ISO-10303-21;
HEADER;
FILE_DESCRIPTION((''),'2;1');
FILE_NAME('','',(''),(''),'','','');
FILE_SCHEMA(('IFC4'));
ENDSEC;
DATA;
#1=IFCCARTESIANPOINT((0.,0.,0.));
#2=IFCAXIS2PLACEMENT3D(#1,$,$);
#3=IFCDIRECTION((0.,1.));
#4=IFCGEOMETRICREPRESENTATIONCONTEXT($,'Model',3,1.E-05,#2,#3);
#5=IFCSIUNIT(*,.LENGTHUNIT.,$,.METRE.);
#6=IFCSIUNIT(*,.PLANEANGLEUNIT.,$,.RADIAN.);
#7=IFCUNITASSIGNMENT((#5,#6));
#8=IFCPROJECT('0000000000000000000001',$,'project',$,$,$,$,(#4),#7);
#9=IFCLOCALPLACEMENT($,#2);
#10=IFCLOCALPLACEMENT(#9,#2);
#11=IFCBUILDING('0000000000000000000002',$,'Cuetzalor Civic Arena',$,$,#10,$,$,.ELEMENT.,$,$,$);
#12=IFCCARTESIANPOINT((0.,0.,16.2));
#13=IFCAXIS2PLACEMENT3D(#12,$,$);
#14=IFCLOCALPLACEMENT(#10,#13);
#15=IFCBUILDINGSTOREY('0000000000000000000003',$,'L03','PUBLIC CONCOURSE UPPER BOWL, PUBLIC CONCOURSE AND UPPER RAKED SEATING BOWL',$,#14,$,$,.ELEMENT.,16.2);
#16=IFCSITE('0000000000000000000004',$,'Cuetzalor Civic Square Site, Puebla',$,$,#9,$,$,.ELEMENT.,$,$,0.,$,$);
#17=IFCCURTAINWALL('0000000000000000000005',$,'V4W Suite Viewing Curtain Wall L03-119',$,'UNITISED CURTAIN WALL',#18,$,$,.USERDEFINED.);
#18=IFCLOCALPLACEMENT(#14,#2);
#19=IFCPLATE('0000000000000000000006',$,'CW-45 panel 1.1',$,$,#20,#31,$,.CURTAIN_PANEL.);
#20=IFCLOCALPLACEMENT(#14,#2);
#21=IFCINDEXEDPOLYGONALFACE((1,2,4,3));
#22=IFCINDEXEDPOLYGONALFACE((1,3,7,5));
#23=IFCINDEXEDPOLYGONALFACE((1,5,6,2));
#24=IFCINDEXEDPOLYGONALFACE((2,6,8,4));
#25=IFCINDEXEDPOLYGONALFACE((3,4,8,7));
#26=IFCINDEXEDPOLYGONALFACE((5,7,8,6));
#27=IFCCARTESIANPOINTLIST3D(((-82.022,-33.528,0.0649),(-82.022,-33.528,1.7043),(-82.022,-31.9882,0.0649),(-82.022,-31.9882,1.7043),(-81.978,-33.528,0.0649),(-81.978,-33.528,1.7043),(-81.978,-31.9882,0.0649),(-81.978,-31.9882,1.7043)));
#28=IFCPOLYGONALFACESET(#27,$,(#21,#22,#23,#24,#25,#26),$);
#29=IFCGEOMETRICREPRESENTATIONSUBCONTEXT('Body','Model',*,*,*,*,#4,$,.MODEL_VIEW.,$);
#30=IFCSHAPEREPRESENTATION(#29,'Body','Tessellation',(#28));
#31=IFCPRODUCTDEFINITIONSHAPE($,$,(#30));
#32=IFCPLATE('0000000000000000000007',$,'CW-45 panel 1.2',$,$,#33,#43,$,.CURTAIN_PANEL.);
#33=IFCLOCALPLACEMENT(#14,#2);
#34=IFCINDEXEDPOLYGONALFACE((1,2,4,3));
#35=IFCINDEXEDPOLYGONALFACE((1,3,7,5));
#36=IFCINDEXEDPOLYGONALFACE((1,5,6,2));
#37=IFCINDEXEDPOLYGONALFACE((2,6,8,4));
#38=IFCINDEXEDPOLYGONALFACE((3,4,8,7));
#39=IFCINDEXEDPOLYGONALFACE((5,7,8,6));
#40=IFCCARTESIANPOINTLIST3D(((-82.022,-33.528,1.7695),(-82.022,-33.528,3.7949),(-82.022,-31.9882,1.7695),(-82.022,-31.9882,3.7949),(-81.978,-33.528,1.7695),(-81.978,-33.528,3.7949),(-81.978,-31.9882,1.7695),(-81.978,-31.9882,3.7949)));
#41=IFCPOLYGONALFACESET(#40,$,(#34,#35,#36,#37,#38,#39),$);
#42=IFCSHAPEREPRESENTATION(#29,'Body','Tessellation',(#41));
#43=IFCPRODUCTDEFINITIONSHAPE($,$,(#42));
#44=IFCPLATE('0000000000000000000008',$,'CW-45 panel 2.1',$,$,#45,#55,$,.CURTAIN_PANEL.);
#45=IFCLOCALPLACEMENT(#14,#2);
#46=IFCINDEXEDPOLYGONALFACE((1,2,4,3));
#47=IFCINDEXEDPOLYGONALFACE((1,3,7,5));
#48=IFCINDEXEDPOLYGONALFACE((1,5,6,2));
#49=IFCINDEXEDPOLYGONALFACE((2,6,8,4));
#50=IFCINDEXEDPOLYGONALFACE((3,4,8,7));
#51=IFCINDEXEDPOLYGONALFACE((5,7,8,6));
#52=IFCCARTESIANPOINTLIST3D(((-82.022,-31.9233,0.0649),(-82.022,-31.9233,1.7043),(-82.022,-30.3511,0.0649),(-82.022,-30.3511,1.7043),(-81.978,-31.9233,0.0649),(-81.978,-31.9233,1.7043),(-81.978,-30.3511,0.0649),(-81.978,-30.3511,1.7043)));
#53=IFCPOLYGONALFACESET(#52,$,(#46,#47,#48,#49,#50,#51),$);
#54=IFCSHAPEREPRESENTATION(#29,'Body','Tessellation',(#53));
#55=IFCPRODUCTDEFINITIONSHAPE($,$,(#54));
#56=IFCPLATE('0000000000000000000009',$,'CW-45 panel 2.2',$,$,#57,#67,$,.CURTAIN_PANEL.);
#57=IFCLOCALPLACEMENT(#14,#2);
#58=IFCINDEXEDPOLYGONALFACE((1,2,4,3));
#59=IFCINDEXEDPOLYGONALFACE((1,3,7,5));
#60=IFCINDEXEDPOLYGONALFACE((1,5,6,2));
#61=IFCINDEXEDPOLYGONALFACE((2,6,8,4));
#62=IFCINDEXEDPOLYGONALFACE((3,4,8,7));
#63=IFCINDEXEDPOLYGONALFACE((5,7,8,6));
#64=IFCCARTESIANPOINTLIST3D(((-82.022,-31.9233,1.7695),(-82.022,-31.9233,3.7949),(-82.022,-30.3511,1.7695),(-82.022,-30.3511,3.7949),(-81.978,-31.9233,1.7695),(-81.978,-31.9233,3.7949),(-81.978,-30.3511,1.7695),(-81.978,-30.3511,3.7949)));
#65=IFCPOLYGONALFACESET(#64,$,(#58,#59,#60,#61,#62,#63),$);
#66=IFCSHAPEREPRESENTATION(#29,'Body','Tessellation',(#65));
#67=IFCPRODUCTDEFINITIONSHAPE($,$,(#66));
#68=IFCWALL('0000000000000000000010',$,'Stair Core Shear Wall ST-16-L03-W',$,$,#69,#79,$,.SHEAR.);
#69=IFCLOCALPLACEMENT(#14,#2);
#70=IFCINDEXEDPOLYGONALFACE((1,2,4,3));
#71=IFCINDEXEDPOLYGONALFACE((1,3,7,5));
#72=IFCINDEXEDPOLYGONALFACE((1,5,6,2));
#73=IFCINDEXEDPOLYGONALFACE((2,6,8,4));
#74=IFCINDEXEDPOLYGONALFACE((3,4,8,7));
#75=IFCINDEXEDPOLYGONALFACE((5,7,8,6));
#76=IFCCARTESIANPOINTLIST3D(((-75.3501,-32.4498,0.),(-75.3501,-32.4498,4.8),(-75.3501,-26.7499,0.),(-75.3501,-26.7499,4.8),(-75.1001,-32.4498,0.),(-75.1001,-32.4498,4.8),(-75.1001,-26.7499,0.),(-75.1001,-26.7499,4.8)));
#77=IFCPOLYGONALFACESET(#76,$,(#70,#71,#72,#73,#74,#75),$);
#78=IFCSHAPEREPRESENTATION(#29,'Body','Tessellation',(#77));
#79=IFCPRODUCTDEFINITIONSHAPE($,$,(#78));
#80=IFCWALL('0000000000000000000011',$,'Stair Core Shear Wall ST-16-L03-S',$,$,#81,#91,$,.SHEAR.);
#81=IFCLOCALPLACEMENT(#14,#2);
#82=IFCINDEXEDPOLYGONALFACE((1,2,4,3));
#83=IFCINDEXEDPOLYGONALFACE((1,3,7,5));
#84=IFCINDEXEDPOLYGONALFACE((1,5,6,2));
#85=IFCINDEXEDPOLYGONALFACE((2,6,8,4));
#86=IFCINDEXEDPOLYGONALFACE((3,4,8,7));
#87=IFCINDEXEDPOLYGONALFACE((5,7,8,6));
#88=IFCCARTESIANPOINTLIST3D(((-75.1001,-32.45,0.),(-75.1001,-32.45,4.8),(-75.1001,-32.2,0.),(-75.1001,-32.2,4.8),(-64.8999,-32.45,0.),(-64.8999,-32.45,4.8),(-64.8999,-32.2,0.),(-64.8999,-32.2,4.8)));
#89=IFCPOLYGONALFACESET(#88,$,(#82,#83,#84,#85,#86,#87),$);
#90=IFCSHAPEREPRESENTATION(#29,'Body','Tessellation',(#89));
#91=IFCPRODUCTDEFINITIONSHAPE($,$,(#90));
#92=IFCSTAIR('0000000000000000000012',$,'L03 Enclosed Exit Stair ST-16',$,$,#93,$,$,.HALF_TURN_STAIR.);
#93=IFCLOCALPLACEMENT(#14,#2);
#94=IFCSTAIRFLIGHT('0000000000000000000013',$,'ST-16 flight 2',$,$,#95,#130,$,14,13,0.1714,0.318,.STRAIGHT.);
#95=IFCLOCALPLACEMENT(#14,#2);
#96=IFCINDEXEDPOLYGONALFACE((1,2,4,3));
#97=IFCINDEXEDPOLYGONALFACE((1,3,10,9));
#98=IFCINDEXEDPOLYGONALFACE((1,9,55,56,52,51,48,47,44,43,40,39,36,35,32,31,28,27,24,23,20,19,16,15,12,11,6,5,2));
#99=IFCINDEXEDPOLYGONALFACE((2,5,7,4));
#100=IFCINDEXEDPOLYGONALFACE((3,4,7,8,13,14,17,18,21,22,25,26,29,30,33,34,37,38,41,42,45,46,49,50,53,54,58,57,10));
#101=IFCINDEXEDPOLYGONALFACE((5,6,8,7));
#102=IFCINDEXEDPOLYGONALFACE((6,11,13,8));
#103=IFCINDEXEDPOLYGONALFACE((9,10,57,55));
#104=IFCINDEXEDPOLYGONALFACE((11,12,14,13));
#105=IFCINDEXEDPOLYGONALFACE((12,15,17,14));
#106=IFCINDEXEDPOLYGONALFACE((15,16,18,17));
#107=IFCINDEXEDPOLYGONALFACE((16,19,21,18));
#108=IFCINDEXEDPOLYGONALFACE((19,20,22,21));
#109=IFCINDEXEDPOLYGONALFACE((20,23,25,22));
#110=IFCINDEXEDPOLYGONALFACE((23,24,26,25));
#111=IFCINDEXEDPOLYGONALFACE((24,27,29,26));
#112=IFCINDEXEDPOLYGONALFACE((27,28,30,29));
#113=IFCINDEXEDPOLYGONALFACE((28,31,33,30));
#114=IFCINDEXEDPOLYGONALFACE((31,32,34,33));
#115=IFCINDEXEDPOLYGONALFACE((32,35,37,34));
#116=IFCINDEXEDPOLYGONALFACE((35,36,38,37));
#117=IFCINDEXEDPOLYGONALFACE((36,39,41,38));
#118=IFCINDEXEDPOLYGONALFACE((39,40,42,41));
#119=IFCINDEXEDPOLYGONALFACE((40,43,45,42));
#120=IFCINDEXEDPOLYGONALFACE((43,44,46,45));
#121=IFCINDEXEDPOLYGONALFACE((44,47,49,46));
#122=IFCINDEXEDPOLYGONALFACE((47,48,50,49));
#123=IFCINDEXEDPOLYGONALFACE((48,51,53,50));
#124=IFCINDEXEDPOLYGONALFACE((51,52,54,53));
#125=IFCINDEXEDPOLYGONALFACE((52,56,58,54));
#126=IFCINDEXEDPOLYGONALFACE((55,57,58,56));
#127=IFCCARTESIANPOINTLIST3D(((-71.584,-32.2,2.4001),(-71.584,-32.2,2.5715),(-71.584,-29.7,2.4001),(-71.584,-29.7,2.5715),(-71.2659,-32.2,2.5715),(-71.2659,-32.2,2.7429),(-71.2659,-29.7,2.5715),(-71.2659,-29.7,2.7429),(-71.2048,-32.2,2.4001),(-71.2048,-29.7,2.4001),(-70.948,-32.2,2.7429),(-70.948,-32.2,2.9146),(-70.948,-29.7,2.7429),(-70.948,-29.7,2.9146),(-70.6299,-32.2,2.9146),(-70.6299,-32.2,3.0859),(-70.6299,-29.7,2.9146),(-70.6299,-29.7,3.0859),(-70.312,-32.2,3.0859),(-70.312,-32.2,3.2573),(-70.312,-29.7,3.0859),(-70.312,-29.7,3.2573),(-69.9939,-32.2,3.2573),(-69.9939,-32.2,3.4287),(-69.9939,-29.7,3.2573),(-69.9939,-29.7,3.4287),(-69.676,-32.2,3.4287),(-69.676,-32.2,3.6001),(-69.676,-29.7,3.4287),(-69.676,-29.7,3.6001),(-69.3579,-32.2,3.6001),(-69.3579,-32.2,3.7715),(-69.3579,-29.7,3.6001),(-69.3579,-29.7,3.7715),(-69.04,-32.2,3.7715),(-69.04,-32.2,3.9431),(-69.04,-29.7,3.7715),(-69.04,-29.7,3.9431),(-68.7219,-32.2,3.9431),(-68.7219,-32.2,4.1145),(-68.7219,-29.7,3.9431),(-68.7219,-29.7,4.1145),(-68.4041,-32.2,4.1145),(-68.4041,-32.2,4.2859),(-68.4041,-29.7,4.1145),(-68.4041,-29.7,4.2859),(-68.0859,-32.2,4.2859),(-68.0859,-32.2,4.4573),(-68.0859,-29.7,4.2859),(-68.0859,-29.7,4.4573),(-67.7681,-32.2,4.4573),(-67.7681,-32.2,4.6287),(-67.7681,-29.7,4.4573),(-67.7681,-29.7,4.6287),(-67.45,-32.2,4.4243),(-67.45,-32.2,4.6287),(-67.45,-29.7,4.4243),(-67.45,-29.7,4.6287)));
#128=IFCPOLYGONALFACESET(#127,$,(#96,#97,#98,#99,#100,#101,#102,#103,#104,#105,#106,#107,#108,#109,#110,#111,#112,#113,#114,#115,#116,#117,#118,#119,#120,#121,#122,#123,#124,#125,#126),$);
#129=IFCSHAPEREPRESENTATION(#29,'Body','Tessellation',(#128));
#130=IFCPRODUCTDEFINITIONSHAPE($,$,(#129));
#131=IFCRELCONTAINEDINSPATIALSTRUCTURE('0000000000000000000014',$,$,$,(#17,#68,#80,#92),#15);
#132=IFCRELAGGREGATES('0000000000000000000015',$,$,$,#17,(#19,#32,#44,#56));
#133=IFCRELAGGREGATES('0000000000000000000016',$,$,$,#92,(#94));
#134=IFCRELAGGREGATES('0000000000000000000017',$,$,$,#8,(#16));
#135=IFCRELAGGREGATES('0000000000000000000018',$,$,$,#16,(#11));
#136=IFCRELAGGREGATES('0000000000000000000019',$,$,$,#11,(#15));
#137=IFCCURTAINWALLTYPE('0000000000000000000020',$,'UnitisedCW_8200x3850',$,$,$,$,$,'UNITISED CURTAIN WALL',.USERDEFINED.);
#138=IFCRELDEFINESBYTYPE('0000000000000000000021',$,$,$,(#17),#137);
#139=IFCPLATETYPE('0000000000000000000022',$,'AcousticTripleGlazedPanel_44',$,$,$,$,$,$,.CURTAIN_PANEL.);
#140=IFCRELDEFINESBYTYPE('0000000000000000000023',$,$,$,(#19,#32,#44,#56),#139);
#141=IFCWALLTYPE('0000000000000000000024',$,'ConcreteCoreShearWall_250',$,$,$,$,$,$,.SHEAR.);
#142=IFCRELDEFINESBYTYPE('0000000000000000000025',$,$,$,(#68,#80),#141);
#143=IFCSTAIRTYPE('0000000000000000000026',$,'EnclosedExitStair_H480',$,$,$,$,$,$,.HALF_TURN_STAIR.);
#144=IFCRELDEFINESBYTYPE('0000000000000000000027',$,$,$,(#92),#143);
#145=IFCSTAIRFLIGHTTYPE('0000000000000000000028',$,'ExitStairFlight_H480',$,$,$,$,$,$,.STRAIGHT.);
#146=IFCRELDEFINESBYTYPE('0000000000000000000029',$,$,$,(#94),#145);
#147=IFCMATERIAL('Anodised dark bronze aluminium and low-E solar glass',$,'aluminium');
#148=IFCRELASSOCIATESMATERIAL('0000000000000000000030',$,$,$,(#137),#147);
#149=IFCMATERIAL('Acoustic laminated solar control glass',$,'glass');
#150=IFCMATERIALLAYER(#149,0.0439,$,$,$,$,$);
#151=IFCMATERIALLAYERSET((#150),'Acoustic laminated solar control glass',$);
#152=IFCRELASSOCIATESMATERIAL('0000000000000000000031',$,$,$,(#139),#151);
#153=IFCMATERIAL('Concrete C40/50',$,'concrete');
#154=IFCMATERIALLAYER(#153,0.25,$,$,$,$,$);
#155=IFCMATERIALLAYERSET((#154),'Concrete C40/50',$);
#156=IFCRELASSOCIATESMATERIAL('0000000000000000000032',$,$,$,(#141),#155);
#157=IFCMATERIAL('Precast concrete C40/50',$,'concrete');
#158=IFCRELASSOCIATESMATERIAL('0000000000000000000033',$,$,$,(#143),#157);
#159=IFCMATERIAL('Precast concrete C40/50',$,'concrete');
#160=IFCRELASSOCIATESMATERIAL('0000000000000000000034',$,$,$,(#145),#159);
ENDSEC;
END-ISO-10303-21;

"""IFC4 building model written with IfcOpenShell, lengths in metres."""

from ifc_helpers import new_model, si_unit, direction, frame, frame_2d, origin, origin_2d, place, context, subcontext, project, spatial, polyline, rectangle, outline, extrude, material, layer, layer_set, type_object, element, aggregate, save


model = new_model("IFC4")

# Units and contexts
model_context = context("Model", 3, precision=1e-05, world=origin(), true_north=direction((0.0, 1.0)))
body_context = subcontext(model_context, "Body", "Model", "MODEL_VIEW")
ifc_project = project(units=[si_unit("LENGTHUNIT", "METRE"), si_unit("PLANEANGLEUNIT", "RADIAN")], contexts=[model_context])

# Site, building, storey
site_placement = place(None, origin())
site = spatial("IfcSite", under=ifc_project, at=site_placement, Name="Cuetzalor Civic Square Site, Puebla", CompositionType="ELEMENT", RefElevation=0.0)
building_placement = place(site_placement, origin())
building = spatial("IfcBuilding", under=site, at=building_placement, Name="Cuetzalor Civic Arena", CompositionType="ELEMENT")
storey_placement = place(building_placement, frame((0.0, 0.0, 16.2)))
storey = spatial("IfcBuildingStorey", under=building, at=storey_placement, Name="L03", Description="PUBLIC CONCOURSE UPPER BOWL, PUBLIC CONCOURSE AND UPPER RAKED SEATING BOWL", CompositionType="ELEMENT", Elevation=16.2)

# Curtain wall, plates
ifc_material_1 = material(Name="Anodised dark bronze aluminium and low-E solar glass", Category="aluminium")
curtain_wall_type = type_object("IfcCurtainWallType", Name="UnitisedCW_8200x3850", ElementType="UNITISED CURTAIN WALL", PredefinedType="USERDEFINED", material=ifc_material_1)
curtain_wall_placement = place(storey_placement, origin())
curtain_wall = element("IfcCurtainWall", 1, at=curtain_wall_placement, inside=storey, type_object=curtain_wall_type, Name="V4W Suite Viewing Curtain Wall L03-119", ObjectType="UNITISED CURTAIN WALL", PredefinedType="USERDEFINED")
ifc_material_2 = material(Name="Acoustic laminated solar control glass", Category="glass")
ifc_layer_1 = layer(ifc_material_2, 0.0439)
ifc_layer_set_1 = layer_set([ifc_layer_1], Name="Acoustic laminated solar control glass")
plate_type = type_object("IfcPlateType", Name="AcousticTripleGlazedPanel_44", PredefinedType="CURTAIN_PANEL", material=ifc_layer_set_1)
plate_1_placement = place(storey_placement, frame((-82.0, -32.7581, 0.0649), z_axis=(0.0, 0.0, 1.0), x_axis=(0.0, 1.0, 0.0)))
plate_1 = element("IfcPlate", 2, at=plate_1_placement, type_object=plate_type, Name="CW-45 panel 1.1", PredefinedType="CURTAIN_PANEL", context=body_context, shape_type="SweptSolid", body=[
    extrude(rectangle(XDim=1.5398, YDim=0.0439, at=origin_2d()), origin(), (0.0, 0.0, 1.0), 1.6394),
])
plate_2_placement = place(storey_placement, frame((-82.0, -32.7581, 1.7695), z_axis=(0.0, 0.0, 1.0), x_axis=(0.0, 1.0, 0.0)))
plate_2 = element("IfcPlate", 3, at=plate_2_placement, type_object=plate_type, Name="CW-45 panel 1.2", PredefinedType="CURTAIN_PANEL", context=body_context, shape_type="SweptSolid", body=[
    extrude(rectangle(XDim=1.5398, YDim=0.0439, at=origin_2d()), origin(), (0.0, 0.0, 1.0), 2.0254),
])
plate_3_placement = place(storey_placement, frame((-82.0, -31.1372, 0.0649), z_axis=(0.0, 0.0, 1.0), x_axis=(0.0, 1.0, 0.0)))
plate_3 = element("IfcPlate", 4, at=plate_3_placement, type_object=plate_type, Name="CW-45 panel 2.1", PredefinedType="CURTAIN_PANEL", context=body_context, shape_type="SweptSolid", body=[
    extrude(rectangle(XDim=1.5723, YDim=0.0439, at=origin_2d()), origin(), (0.0, 0.0, 1.0), 1.6394),
])
plate_4_placement = place(storey_placement, frame((-82.0, -31.1372, 1.7695), z_axis=(0.0, 0.0, 1.0), x_axis=(0.0, 1.0, 0.0)))
plate_4 = element("IfcPlate", 5, at=plate_4_placement, type_object=plate_type, Name="CW-45 panel 2.2", PredefinedType="CURTAIN_PANEL", context=body_context, shape_type="SweptSolid", body=[
    extrude(rectangle(XDim=1.5723, YDim=0.0439, at=origin_2d()), origin(), (0.0, 0.0, 1.0), 2.0254),
])
aggregate(curtain_wall, [plate_1, plate_2, plate_3, plate_4])

# Walls
ifc_material_3 = material(Name="Concrete C40/50", Category="concrete")
ifc_layer_2 = layer(ifc_material_3, 0.25)
ifc_layer_set_2 = layer_set([ifc_layer_2], Name="Concrete C40/50")
wall_type = type_object("IfcWallType", Name="ConcreteCoreShearWall_250", PredefinedType="SHEAR", material=ifc_layer_set_2)
wall_1_placement = place(storey_placement, frame((-75.2251, -32.45, 0.0), z_axis=(0.0, 0.0, 1.0), x_axis=(0.0, 1.0, 0.0)))
element("IfcWall", 6, at=wall_1_placement, inside=storey, type_object=wall_type, Name="Stair Core Shear Wall ST-16-L03-W", PredefinedType="SHEAR", context=body_context, shape_type="SweptSolid", body=[
    extrude(rectangle(XDim=5.7, YDim=0.25, at=frame_2d((2.8501, 0.0))), origin(), (0.0, 0.0, 1.0), 4.8),
])
wall_2_placement = place(storey_placement, frame((-64.8999, -32.325, 0.0), z_axis=(0.0, 0.0, 1.0), x_axis=(-1.0, 0.0, 0.0)))
element("IfcWall", 7, at=wall_2_placement, inside=storey, type_object=wall_type, Name="Stair Core Shear Wall ST-16-L03-S", PredefinedType="SHEAR", context=body_context, shape_type="SweptSolid", body=[
    extrude(rectangle(XDim=10.2002, YDim=0.25, at=frame_2d((5.1001, 0.0))), origin(), (0.0, 0.0, 1.0), 4.8),
])

# Stair, stair flight
ifc_material_4 = material(Name="Precast concrete C40/50", Category="concrete")
stair_type = type_object("IfcStairType", Name="EnclosedExitStair_H480", PredefinedType="HALF_TURN_STAIR", material=ifc_material_4)
stair_placement = place(storey_placement, origin())
stair = element("IfcStair", 8, at=stair_placement, inside=storey, type_object=stair_type, Name="L03 Enclosed Exit Stair ST-16", PredefinedType="HALF_TURN_STAIR")
ifc_material_5 = material(Name="Precast concrete C40/50", Category="concrete")
stair_flight_type = type_object("IfcStairFlightType", Name="ExitStairFlight_H480", PredefinedType="STRAIGHT", material=ifc_material_5)
stair_flight_placement = place(storey_placement, frame((-71.584, -30.95, 2.4001), z_axis=(0.0, 0.0, 1.0), x_axis=(1.0, 0.0, 0.0)))
stair_flight = element("IfcStairFlight", 9, at=stair_flight_placement, type_object=stair_flight_type, Name="ST-16 flight 2", NumberOfRisers=14, NumberOfTreads=13, PredefinedType="STRAIGHT", RiserHeight=0.1714, TreadLength=0.318, context=body_context, shape_type="SweptSolid", body=[
    extrude(outline(polyline([(0.0, 0.0), (0.0, 0.1714), (0.3181, 0.1714), (0.3181, 0.3428), (0.636, 0.3428), (0.636, 0.5144), (0.9541, 0.5144), (0.9541, 0.6858), (1.272, 0.6858), (1.272, 0.8572), (1.5901, 0.8572), (1.5901, 1.0286), (1.908, 1.0286), (1.908, 1.2), (2.2261, 1.2), (2.2261, 1.3713), (2.5439, 1.3713), (2.5439, 1.543), (2.8621, 1.543), (2.8621, 1.7144), (3.1799, 1.7144), (3.1799, 1.8857), (3.498, 1.8857), (3.498, 2.0571), (3.8159, 2.0571), (3.8159, 2.2285), (4.134, 2.2285), (4.134, 2.3999), (4.134, 2.0242), (0.3792, 0.0), (0.0, 0.0)])), frame((0.0, 1.25, 0.0), z_axis=(0.0, -1.0, 0.0), x_axis=(1.0, 0.0, 0.0)), (0.0, 0.0, 1.0), 2.5),
])
aggregate(stair, [stair_flight])

save(model, "model.ifc")
